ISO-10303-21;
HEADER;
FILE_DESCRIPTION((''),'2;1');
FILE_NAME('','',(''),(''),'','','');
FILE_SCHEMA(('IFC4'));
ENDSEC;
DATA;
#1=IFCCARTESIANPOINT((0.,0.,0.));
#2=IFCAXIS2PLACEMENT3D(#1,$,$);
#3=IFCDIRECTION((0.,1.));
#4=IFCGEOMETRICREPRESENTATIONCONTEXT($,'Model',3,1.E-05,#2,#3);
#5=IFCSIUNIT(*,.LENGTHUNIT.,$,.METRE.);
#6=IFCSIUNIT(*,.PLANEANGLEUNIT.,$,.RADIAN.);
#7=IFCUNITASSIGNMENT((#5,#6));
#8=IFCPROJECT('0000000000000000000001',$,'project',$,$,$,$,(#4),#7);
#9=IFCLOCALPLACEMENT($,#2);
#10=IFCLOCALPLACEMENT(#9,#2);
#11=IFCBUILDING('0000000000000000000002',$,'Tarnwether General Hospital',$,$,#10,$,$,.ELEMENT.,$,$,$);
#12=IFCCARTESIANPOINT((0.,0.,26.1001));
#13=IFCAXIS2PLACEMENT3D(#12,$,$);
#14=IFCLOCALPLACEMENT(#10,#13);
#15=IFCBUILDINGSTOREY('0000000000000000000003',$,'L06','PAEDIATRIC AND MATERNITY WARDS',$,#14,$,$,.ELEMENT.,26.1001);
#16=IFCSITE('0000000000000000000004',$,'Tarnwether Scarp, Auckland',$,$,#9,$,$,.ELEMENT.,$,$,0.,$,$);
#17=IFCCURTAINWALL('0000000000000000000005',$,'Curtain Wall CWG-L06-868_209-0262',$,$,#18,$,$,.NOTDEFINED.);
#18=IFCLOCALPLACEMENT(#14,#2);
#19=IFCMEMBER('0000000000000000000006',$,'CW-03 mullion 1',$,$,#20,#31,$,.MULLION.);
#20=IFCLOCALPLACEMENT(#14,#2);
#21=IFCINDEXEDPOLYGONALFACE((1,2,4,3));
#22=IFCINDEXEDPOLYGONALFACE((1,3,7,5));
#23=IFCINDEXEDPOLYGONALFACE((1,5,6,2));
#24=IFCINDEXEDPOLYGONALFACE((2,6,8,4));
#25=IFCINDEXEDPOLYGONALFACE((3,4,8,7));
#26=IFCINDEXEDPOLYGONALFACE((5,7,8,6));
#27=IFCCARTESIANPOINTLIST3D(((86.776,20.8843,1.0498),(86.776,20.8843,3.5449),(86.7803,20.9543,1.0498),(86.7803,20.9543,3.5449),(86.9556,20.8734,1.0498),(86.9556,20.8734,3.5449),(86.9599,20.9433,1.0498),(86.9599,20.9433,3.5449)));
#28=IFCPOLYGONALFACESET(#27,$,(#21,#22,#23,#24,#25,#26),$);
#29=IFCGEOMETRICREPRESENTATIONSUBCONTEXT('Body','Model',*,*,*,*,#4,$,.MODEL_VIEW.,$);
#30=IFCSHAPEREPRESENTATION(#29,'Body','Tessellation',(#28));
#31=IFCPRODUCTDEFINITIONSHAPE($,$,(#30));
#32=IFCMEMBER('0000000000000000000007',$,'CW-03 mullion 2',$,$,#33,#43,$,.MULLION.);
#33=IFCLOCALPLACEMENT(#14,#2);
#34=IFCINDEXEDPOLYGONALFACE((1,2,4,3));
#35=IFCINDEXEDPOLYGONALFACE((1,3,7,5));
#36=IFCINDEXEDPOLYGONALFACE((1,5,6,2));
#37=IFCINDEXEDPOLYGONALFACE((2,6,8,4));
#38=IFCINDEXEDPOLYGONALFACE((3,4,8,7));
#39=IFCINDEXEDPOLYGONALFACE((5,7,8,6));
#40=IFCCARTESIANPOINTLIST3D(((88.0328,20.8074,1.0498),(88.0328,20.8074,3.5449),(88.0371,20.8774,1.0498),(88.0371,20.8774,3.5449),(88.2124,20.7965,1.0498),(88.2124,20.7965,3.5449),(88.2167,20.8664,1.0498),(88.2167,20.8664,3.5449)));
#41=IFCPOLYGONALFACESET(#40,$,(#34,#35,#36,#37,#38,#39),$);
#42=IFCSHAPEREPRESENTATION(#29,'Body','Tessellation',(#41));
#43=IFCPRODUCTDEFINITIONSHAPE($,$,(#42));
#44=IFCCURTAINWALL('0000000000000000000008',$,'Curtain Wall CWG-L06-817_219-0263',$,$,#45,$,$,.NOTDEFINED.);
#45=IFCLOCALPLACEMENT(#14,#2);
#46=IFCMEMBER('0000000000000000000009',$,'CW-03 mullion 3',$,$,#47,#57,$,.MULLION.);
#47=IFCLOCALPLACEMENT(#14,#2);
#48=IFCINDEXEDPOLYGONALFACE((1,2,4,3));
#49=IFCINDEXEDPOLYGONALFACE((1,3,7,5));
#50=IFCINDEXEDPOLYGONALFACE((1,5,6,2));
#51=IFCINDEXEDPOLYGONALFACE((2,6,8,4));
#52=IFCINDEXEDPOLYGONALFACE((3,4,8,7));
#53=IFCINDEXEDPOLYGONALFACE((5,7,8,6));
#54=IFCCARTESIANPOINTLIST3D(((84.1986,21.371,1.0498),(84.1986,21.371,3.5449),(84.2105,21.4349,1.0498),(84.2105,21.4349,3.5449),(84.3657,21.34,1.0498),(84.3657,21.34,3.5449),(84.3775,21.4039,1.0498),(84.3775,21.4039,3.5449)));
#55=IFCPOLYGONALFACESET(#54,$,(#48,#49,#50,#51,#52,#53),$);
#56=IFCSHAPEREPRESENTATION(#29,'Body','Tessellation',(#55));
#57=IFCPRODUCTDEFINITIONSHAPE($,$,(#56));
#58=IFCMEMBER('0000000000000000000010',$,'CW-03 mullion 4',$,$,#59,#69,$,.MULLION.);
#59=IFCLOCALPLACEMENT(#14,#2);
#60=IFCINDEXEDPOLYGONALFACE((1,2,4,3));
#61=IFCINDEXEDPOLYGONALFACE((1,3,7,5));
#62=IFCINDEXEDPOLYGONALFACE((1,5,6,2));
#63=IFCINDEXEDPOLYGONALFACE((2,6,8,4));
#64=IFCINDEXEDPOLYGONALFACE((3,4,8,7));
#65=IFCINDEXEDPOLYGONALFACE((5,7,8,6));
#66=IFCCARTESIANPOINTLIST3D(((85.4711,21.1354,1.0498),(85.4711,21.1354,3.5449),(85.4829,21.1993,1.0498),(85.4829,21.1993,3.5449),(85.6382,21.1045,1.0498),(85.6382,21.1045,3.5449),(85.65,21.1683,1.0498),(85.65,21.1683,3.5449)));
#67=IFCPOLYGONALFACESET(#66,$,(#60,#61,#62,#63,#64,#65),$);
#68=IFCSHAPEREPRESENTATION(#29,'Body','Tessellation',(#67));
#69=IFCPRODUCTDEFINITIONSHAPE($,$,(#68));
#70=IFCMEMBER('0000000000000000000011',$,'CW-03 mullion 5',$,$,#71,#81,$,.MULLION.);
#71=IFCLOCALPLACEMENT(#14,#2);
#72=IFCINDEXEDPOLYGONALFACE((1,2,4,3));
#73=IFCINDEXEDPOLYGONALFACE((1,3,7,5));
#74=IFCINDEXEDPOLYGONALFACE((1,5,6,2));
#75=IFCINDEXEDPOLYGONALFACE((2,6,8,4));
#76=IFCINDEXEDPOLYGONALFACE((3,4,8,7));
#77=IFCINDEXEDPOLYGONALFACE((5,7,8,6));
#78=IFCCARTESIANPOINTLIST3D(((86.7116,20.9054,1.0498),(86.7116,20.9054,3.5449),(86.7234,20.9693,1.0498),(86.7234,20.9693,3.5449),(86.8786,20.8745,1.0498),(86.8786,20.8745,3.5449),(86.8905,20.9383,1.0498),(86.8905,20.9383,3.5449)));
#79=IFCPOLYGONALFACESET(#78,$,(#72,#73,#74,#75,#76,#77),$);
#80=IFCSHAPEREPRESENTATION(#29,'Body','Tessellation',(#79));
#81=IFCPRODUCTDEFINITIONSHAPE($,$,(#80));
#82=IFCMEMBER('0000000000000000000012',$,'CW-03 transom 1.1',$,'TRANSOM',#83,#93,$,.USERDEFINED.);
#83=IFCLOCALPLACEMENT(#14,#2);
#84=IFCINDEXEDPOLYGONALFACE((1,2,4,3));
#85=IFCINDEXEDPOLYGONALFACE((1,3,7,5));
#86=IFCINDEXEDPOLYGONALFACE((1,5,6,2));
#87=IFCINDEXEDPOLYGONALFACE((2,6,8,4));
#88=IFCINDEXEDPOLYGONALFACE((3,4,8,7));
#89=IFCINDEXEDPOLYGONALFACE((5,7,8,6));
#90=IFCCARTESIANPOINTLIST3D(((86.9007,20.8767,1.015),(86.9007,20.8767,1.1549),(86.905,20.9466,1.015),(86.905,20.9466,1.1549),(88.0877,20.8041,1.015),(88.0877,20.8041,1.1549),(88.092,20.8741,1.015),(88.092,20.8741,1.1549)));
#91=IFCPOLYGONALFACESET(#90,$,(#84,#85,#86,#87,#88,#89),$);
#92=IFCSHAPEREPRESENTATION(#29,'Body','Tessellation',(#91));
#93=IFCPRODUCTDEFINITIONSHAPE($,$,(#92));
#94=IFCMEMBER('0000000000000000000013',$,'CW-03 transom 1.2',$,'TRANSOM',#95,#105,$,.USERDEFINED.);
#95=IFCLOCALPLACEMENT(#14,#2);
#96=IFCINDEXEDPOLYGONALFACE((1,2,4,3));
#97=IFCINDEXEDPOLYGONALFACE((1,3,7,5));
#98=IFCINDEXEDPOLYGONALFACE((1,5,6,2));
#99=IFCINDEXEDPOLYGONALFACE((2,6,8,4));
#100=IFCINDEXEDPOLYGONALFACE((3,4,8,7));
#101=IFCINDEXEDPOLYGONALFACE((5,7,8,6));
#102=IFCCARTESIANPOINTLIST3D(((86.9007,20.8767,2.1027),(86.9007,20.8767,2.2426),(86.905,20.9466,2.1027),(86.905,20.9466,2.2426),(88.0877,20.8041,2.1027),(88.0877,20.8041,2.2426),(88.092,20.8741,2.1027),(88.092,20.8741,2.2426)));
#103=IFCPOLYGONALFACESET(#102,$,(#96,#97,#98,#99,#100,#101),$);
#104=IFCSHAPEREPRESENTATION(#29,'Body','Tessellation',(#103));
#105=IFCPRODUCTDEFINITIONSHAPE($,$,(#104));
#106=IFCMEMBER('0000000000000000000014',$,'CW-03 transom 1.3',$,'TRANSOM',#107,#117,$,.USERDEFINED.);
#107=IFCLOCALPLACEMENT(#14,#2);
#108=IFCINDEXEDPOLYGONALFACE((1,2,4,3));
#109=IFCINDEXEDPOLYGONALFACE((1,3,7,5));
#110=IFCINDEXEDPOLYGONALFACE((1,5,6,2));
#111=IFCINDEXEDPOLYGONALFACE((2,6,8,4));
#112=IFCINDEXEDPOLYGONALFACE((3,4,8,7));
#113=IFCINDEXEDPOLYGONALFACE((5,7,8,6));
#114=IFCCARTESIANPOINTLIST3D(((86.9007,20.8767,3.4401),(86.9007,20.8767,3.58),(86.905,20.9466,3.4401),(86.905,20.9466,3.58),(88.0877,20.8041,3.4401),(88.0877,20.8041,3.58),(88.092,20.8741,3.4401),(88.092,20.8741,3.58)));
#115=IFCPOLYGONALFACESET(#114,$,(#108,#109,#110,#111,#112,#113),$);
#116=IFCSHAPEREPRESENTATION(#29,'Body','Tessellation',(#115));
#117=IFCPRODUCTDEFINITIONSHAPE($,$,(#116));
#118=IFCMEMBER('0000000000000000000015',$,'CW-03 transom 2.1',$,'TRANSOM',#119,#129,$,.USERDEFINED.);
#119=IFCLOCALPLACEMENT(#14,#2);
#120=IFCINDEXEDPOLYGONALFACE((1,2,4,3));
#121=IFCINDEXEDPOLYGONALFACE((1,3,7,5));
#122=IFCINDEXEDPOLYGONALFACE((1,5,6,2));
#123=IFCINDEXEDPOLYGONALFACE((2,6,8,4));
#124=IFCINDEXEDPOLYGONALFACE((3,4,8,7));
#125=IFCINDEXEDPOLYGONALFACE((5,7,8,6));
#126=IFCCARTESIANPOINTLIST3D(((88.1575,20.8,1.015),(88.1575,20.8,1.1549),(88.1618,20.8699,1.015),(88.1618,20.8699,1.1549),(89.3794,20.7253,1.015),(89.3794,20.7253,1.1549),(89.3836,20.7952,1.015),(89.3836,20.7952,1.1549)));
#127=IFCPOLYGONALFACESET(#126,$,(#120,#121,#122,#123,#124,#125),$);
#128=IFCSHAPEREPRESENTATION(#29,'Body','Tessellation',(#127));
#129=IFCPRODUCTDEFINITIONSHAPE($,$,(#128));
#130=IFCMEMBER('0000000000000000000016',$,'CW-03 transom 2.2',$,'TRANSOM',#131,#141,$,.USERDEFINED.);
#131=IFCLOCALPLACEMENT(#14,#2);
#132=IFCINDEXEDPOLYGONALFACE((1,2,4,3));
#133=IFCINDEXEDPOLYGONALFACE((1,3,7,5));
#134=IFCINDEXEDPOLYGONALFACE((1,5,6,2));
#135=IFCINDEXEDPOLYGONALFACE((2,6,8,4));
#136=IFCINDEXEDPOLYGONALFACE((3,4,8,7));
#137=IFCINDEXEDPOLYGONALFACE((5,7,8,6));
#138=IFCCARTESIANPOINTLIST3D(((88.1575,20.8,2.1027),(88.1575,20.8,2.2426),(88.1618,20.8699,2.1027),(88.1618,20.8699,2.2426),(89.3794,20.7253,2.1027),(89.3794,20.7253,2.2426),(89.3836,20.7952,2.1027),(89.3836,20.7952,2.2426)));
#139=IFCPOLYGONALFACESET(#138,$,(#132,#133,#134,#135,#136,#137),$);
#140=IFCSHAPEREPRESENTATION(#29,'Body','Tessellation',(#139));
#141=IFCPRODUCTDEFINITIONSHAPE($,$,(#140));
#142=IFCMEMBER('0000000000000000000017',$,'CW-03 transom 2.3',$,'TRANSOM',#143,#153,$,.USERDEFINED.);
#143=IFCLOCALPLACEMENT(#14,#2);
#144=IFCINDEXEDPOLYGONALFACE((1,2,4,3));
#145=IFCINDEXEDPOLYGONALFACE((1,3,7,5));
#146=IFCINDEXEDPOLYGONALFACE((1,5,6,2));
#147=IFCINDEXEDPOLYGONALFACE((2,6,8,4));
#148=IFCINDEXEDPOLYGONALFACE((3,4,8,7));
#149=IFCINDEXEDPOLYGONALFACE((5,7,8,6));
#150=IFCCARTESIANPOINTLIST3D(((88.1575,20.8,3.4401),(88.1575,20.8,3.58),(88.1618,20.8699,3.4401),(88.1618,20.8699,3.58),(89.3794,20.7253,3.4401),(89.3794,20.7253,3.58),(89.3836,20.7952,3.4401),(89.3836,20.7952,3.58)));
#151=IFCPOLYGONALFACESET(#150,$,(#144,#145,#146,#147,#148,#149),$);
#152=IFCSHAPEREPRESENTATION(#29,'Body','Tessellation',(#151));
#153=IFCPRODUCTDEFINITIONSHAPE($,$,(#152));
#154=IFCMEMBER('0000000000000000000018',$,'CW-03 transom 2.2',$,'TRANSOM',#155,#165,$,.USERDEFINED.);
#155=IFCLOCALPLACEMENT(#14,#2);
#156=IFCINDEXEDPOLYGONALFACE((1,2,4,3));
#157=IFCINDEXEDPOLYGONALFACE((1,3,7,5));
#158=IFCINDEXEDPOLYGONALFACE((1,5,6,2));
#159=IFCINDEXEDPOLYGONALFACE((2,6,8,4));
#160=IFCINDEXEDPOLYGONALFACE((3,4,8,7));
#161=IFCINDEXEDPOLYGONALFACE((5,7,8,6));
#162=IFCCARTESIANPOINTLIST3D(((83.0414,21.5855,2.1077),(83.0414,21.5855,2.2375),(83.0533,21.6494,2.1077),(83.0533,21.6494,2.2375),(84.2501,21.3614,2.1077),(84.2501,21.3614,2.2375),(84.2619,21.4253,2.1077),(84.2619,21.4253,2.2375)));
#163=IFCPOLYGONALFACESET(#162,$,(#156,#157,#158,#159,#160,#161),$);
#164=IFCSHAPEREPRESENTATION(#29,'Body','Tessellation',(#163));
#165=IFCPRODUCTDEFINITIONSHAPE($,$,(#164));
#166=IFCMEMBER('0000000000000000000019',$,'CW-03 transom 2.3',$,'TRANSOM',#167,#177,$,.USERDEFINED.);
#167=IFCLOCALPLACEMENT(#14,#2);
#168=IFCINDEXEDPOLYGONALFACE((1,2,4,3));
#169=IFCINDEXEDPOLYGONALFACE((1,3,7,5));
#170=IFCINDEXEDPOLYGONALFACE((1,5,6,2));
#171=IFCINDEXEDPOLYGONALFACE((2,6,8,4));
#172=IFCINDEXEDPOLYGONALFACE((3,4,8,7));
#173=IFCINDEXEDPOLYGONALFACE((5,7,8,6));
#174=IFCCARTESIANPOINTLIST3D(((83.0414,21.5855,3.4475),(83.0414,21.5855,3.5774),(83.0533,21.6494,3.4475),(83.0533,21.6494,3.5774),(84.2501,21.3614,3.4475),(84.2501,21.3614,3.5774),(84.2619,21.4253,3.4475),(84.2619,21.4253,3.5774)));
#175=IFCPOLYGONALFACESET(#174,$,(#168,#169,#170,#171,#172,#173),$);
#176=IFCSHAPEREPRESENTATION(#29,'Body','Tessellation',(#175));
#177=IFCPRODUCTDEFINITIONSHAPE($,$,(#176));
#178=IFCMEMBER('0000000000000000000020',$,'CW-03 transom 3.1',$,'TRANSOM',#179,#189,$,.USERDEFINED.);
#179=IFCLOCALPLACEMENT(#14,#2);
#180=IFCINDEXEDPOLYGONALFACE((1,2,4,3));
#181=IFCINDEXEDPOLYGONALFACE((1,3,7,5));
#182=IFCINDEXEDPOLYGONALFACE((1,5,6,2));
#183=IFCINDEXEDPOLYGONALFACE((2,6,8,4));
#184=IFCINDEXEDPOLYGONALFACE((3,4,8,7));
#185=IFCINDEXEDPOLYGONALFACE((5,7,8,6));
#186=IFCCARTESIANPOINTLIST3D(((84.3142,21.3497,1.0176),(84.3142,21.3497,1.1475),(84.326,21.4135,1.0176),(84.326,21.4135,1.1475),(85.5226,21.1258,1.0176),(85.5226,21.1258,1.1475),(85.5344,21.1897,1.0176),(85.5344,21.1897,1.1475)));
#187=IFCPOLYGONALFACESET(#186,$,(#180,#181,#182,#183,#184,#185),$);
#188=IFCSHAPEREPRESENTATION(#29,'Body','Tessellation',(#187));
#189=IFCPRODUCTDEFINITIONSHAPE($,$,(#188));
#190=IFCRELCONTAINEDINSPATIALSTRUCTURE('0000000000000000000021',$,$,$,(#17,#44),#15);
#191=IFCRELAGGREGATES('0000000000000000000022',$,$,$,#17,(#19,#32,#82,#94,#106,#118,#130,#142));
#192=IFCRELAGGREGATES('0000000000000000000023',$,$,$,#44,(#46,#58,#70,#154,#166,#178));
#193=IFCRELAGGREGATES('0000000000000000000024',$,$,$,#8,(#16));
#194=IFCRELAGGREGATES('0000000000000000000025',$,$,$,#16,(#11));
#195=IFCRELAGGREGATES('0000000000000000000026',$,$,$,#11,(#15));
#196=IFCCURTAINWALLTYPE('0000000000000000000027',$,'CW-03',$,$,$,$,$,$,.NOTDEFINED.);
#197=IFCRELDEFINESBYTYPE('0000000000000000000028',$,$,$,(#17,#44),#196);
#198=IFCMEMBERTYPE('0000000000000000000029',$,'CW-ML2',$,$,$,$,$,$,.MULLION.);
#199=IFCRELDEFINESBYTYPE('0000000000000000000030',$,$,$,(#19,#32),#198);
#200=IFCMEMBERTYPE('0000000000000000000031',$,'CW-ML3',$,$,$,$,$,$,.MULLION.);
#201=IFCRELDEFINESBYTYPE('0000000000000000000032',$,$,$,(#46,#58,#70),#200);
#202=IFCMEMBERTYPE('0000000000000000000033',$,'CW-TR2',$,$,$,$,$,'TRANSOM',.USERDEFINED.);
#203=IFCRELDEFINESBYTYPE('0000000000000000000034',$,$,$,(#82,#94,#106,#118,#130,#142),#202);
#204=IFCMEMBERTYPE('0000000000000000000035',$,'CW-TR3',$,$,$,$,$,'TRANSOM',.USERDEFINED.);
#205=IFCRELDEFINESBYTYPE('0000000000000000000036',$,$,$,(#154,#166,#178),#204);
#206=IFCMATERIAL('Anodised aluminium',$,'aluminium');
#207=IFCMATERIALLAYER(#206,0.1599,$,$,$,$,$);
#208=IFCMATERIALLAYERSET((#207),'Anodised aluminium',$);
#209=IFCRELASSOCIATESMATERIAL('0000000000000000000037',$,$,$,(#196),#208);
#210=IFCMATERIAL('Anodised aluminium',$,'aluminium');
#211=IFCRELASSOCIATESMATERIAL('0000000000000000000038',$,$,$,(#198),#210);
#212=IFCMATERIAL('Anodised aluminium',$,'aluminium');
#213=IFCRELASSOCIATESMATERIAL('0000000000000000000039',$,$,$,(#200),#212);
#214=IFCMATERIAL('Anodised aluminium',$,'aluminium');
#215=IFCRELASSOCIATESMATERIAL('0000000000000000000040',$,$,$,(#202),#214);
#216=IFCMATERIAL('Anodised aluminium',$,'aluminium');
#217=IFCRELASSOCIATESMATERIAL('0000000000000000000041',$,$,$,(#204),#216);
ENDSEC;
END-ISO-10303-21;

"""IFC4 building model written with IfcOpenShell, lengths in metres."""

from ifc_helpers import new_model, si_unit, direction, frame, origin, origin_2d, place, context, subcontext, project, spatial, rectangle, extrude, material, layer, layer_set, material_profile, profile_set, type_object, element, aggregate, save


model = new_model("IFC4")

# Units and contexts
model_context = context("Model", 3, precision=1e-05, world=origin(), true_north=direction((0.0, 1.0)))
body_context = subcontext(model_context, "Body", "Model", "MODEL_VIEW")
ifc_project = project(units=[si_unit("LENGTHUNIT", "METRE"), si_unit("PLANEANGLEUNIT", "RADIAN")], contexts=[model_context])

# Site, building, storey
site_placement = place(None, origin())
site = spatial("IfcSite", under=ifc_project, at=site_placement, Name="Tarnwether Scarp, Auckland", CompositionType="ELEMENT", RefElevation=0.0)
building_placement = place(site_placement, origin())
building = spatial("IfcBuilding", under=site, at=building_placement, Name="Tarnwether General Hospital", CompositionType="ELEMENT")
storey_placement = place(building_placement, frame((0.0, 0.0, 26.1001)))
storey = spatial("IfcBuildingStorey", under=building, at=storey_placement, Name="L06", Description="PAEDIATRIC AND MATERNITY WARDS", CompositionType="ELEMENT", Elevation=26.1001)

# Curtain walls, members
ifc_material_1 = material(Name="Anodised aluminium", Category="aluminium")
ifc_layer_1 = layer(ifc_material_1, 0.1599)
ifc_layer_set_1 = layer_set([ifc_layer_1], Name="Anodised aluminium")
curtain_wall_type = type_object("IfcCurtainWallType", Name="CW-03", PredefinedType="NOTDEFINED", material=ifc_layer_set_1)
curtain_wall_1_placement = place(storey_placement, origin())
curtain_wall_1 = element("IfcCurtainWall", 1, at=curtain_wall_1_placement, inside=storey, type_object=curtain_wall_type, Name="Curtain Wall CWG-L06-868_209-0262", PredefinedType="NOTDEFINED")
ifc_material_2 = material(Name="Anodised aluminium", Category="aluminium")
ifc_material_profile_1 = material_profile(ifc_material_2, rectangle(XDim=0.0701, YDim=0.1799, at=origin_2d()), Name="ALU-MUL-70x180")
ifc_profile_set_1 = profile_set([ifc_material_profile_1], Name="Anodised aluminium")
member_type_1 = type_object("IfcMemberType", Name="CW-ML2", PredefinedType="MULLION", material=ifc_profile_set_1)
member_1_placement = place(storey_placement, frame((86.8679, 20.9138, 1.0498), z_axis=(0.0, 0.0, 1.0), x_axis=(0.061043, 0.998135, 0.0)))
member_1 = element("IfcMember", 2, at=member_1_placement, type_object=member_type_1, Name="CW-03 mullion 1", PredefinedType="MULLION", context=body_context, shape_type="SweptSolid", body=[
    extrude(rectangle(XDim=0.0701, YDim=0.1799, at=origin_2d()), origin(), (0.0, 0.0, 1.0), 2.4951),
])
member_2_placement = place(storey_placement, frame((88.1248, 20.8369, 1.0498), z_axis=(0.0, 0.0, 1.0), x_axis=(0.061043, 0.998135, 0.0)))
member_2 = element("IfcMember", 3, at=member_2_placement, type_object=member_type_1, Name="CW-03 mullion 2", PredefinedType="MULLION", context=body_context, shape_type="SweptSolid", body=[
    extrude(rectangle(XDim=0.0701, YDim=0.1799, at=origin_2d()), origin(), (0.0, 0.0, 1.0), 2.4951),
])
curtain_wall_2_placement = place(storey_placement, origin())
curtain_wall_2 = element("IfcCurtainWall", 4, at=curtain_wall_2_placement, inside=storey, type_object=curtain_wall_type, Name="Curtain Wall CWG-L06-817_219-0263", PredefinedType="NOTDEFINED")
ifc_material_3 = material(Name="Anodised aluminium", Category="aluminium")
ifc_material_profile_2 = material_profile(ifc_material_3, rectangle(XDim=0.0649, YDim=0.1699, at=origin_2d()), Name="ALU-MUL-65x170")
ifc_profile_set_2 = profile_set([ifc_material_profile_2], Name="Anodised aluminium")
member_type_2 = type_object("IfcMemberType", Name="CW-ML3", PredefinedType="MULLION", material=ifc_profile_set_2)
member_3_placement = place(storey_placement, frame((84.2881, 21.3875, 1.0498), z_axis=(0.0, 0.0, 1.0), x_axis=(0.182165, 0.983268, 0.0)))
member_3 = element("IfcMember", 5, at=member_3_placement, type_object=member_type_2, Name="CW-03 mullion 3", PredefinedType="MULLION", context=body_context, shape_type="SweptSolid", body=[
    extrude(rectangle(XDim=0.0649, YDim=0.1699, at=origin_2d()), origin(), (0.0, 0.0, 1.0), 2.4951),
])
member_4_placement = place(storey_placement, frame((85.5605, 21.1519, 1.0498), z_axis=(0.0, 0.0, 1.0), x_axis=(0.182165, 0.983268, 0.0)))
member_4 = element("IfcMember", 6, at=member_4_placement, type_object=member_type_2, Name="CW-03 mullion 4", PredefinedType="MULLION", context=body_context, shape_type="SweptSolid", body=[
    extrude(rectangle(XDim=0.0649, YDim=0.1699, at=origin_2d()), origin(), (0.0, 0.0, 1.0), 2.4951),
])
member_5_placement = place(storey_placement, frame((86.801, 20.9219, 1.0498), z_axis=(0.0, 0.0, 1.0), x_axis=(0.182165, 0.983268, 0.0)))
member_5 = element("IfcMember", 7, at=member_5_placement, type_object=member_type_2, Name="CW-03 mullion 5", PredefinedType="MULLION", context=body_context, shape_type="SweptSolid", body=[
    extrude(rectangle(XDim=0.0649, YDim=0.1699, at=origin_2d()), origin(), (0.0, 0.0, 1.0), 2.4951),
])

# Members
ifc_material_4 = material(Name="Anodised aluminium", Category="aluminium")
ifc_material_profile_3 = material_profile(ifc_material_4, rectangle(XDim=0.0701, YDim=0.1399, at=origin_2d()), Name="ALU-TRN-70x140")
ifc_profile_set_3 = profile_set([ifc_material_profile_3], Name="Anodised aluminium")
member_type_3 = type_object("IfcMemberType", Name="CW-TR2", ElementType="TRANSOM", PredefinedType="USERDEFINED", material=ifc_profile_set_3)
member_6_placement = place(storey_placement, frame((86.9028, 20.9116, 1.085), z_axis=(0.998139, -0.060972, 0.0), x_axis=(0.060972, 0.998139, 0.0)))
member_6 = element("IfcMember", 8, at=member_6_placement, type_object=member_type_3, Name="CW-03 transom 1.1", ObjectType="TRANSOM", PredefinedType="USERDEFINED", context=body_context, shape_type="SweptSolid", body=[
    extrude(rectangle(XDim=0.0701, YDim=0.1399, at=origin_2d()), origin(), (0.0, 0.0, 1.0), 1.1892),
])
member_7_placement = place(storey_placement, frame((86.9028, 20.9116, 2.1726), z_axis=(0.998139, -0.060972, 0.0), x_axis=(0.060972, 0.998139, 0.0)))
member_7 = element("IfcMember", 9, at=member_7_placement, type_object=member_type_3, Name="CW-03 transom 1.2", ObjectType="TRANSOM", PredefinedType="USERDEFINED", context=body_context, shape_type="SweptSolid", body=[
    extrude(rectangle(XDim=0.0701, YDim=0.1399, at=origin_2d()), origin(), (0.0, 0.0, 1.0), 1.1892),
])
member_8_placement = place(storey_placement, frame((86.9028, 20.9116, 3.51), z_axis=(0.998139, -0.060972, 0.0), x_axis=(0.060972, 0.998139, 0.0)))
member_8 = element("IfcMember", 10, at=member_8_placement, type_object=member_type_3, Name="CW-03 transom 1.3", ObjectType="TRANSOM", PredefinedType="USERDEFINED", context=body_context, shape_type="SweptSolid", body=[
    extrude(rectangle(XDim=0.0701, YDim=0.1399, at=origin_2d()), origin(), (0.0, 0.0, 1.0), 1.1892),
])
member_9_placement = place(storey_placement, frame((88.1597, 20.835, 1.085), z_axis=(0.998136, -0.061025, 0.0), x_axis=(0.061025, 0.998136, 0.0)))
member_9 = element("IfcMember", 11, at=member_9_placement, type_object=member_type_3, Name="CW-03 transom 2.1", ObjectType="TRANSOM", PredefinedType="USERDEFINED", context=body_context, shape_type="SweptSolid", body=[
    extrude(rectangle(XDim=0.0701, YDim=0.1399, at=origin_2d()), origin(), (0.0, 0.0, 1.0), 1.2241),
])
member_10_placement = place(storey_placement, frame((88.1597, 20.835, 2.1726), z_axis=(0.998136, -0.061025, 0.0), x_axis=(0.061025, 0.998136, 0.0)))
member_10 = element("IfcMember", 12, at=member_10_placement, type_object=member_type_3, Name="CW-03 transom 2.2", ObjectType="TRANSOM", PredefinedType="USERDEFINED", context=body_context, shape_type="SweptSolid", body=[
    extrude(rectangle(XDim=0.0701, YDim=0.1399, at=origin_2d()), origin(), (0.0, 0.0, 1.0), 1.2241),
])
member_11_placement = place(storey_placement, frame((88.1597, 20.835, 3.51), z_axis=(0.998136, -0.061025, 0.0), x_axis=(0.061025, 0.998136, 0.0)))
member_11 = element("IfcMember", 13, at=member_11_placement, type_object=member_type_3, Name="CW-03 transom 2.3", ObjectType="TRANSOM", PredefinedType="USERDEFINED", context=body_context, shape_type="SweptSolid", body=[
    extrude(rectangle(XDim=0.0701, YDim=0.1399, at=origin_2d()), origin(), (0.0, 0.0, 1.0), 1.2241),
])
ifc_material_5 = material(Name="Anodised aluminium", Category="aluminium")
ifc_material_profile_4 = material_profile(ifc_material_5, rectangle(XDim=0.0649, YDim=0.1299, at=origin_2d()), Name="ALU-TRN-65x130")
ifc_profile_set_4 = profile_set([ifc_material_profile_4], Name="Anodised aluminium")
member_type_4 = type_object("IfcMemberType", Name="CW-TR3", ElementType="TRANSOM", PredefinedType="USERDEFINED", material=ifc_profile_set_4)
member_12_placement = place(storey_placement, frame((83.0474, 21.6174, 2.1726), z_axis=(0.983241, -0.18231, 0.0), x_axis=(0.18231, 0.983241, 0.0)))
member_12 = element("IfcMember", 14, at=member_12_placement, type_object=member_type_4, Name="CW-03 transom 2.2", ObjectType="TRANSOM", PredefinedType="USERDEFINED", context=body_context, shape_type="SweptSolid", body=[
    extrude(rectangle(XDim=0.0649, YDim=0.1299, at=origin_2d()), origin(), (0.0, 0.0, 1.0), 1.2292),
])
member_13_placement = place(storey_placement, frame((83.0474, 21.6174, 3.5125), z_axis=(0.983241, -0.18231, 0.0), x_axis=(0.18231, 0.983241, 0.0)))
member_13 = element("IfcMember", 15, at=member_13_placement, type_object=member_type_4, Name="CW-03 transom 2.3", ObjectType="TRANSOM", PredefinedType="USERDEFINED", context=body_context, shape_type="SweptSolid", body=[
    extrude(rectangle(XDim=0.0649, YDim=0.1299, at=origin_2d()), origin(), (0.0, 0.0, 1.0), 1.2292),
])
member_14_placement = place(storey_placement, frame((84.3201, 21.3816, 1.0825), z_axis=(0.98327, -0.182153, 0.0), x_axis=(0.182153, 0.98327, 0.0)))
member_14 = element("IfcMember", 16, at=member_14_placement, type_object=member_type_4, Name="CW-03 transom 3.1", ObjectType="TRANSOM", PredefinedType="USERDEFINED", context=body_context, shape_type="SweptSolid", body=[
    extrude(rectangle(XDim=0.0649, YDim=0.1299, at=origin_2d()), origin(), (0.0, 0.0, 1.0), 1.229),
])

aggregate(curtain_wall_1, [member_1, member_2, member_6, member_7, member_8, member_9, member_10, member_11])
aggregate(curtain_wall_2, [member_3, member_4, member_5, member_12, member_13, member_14])

save(model, "model.ifc")
